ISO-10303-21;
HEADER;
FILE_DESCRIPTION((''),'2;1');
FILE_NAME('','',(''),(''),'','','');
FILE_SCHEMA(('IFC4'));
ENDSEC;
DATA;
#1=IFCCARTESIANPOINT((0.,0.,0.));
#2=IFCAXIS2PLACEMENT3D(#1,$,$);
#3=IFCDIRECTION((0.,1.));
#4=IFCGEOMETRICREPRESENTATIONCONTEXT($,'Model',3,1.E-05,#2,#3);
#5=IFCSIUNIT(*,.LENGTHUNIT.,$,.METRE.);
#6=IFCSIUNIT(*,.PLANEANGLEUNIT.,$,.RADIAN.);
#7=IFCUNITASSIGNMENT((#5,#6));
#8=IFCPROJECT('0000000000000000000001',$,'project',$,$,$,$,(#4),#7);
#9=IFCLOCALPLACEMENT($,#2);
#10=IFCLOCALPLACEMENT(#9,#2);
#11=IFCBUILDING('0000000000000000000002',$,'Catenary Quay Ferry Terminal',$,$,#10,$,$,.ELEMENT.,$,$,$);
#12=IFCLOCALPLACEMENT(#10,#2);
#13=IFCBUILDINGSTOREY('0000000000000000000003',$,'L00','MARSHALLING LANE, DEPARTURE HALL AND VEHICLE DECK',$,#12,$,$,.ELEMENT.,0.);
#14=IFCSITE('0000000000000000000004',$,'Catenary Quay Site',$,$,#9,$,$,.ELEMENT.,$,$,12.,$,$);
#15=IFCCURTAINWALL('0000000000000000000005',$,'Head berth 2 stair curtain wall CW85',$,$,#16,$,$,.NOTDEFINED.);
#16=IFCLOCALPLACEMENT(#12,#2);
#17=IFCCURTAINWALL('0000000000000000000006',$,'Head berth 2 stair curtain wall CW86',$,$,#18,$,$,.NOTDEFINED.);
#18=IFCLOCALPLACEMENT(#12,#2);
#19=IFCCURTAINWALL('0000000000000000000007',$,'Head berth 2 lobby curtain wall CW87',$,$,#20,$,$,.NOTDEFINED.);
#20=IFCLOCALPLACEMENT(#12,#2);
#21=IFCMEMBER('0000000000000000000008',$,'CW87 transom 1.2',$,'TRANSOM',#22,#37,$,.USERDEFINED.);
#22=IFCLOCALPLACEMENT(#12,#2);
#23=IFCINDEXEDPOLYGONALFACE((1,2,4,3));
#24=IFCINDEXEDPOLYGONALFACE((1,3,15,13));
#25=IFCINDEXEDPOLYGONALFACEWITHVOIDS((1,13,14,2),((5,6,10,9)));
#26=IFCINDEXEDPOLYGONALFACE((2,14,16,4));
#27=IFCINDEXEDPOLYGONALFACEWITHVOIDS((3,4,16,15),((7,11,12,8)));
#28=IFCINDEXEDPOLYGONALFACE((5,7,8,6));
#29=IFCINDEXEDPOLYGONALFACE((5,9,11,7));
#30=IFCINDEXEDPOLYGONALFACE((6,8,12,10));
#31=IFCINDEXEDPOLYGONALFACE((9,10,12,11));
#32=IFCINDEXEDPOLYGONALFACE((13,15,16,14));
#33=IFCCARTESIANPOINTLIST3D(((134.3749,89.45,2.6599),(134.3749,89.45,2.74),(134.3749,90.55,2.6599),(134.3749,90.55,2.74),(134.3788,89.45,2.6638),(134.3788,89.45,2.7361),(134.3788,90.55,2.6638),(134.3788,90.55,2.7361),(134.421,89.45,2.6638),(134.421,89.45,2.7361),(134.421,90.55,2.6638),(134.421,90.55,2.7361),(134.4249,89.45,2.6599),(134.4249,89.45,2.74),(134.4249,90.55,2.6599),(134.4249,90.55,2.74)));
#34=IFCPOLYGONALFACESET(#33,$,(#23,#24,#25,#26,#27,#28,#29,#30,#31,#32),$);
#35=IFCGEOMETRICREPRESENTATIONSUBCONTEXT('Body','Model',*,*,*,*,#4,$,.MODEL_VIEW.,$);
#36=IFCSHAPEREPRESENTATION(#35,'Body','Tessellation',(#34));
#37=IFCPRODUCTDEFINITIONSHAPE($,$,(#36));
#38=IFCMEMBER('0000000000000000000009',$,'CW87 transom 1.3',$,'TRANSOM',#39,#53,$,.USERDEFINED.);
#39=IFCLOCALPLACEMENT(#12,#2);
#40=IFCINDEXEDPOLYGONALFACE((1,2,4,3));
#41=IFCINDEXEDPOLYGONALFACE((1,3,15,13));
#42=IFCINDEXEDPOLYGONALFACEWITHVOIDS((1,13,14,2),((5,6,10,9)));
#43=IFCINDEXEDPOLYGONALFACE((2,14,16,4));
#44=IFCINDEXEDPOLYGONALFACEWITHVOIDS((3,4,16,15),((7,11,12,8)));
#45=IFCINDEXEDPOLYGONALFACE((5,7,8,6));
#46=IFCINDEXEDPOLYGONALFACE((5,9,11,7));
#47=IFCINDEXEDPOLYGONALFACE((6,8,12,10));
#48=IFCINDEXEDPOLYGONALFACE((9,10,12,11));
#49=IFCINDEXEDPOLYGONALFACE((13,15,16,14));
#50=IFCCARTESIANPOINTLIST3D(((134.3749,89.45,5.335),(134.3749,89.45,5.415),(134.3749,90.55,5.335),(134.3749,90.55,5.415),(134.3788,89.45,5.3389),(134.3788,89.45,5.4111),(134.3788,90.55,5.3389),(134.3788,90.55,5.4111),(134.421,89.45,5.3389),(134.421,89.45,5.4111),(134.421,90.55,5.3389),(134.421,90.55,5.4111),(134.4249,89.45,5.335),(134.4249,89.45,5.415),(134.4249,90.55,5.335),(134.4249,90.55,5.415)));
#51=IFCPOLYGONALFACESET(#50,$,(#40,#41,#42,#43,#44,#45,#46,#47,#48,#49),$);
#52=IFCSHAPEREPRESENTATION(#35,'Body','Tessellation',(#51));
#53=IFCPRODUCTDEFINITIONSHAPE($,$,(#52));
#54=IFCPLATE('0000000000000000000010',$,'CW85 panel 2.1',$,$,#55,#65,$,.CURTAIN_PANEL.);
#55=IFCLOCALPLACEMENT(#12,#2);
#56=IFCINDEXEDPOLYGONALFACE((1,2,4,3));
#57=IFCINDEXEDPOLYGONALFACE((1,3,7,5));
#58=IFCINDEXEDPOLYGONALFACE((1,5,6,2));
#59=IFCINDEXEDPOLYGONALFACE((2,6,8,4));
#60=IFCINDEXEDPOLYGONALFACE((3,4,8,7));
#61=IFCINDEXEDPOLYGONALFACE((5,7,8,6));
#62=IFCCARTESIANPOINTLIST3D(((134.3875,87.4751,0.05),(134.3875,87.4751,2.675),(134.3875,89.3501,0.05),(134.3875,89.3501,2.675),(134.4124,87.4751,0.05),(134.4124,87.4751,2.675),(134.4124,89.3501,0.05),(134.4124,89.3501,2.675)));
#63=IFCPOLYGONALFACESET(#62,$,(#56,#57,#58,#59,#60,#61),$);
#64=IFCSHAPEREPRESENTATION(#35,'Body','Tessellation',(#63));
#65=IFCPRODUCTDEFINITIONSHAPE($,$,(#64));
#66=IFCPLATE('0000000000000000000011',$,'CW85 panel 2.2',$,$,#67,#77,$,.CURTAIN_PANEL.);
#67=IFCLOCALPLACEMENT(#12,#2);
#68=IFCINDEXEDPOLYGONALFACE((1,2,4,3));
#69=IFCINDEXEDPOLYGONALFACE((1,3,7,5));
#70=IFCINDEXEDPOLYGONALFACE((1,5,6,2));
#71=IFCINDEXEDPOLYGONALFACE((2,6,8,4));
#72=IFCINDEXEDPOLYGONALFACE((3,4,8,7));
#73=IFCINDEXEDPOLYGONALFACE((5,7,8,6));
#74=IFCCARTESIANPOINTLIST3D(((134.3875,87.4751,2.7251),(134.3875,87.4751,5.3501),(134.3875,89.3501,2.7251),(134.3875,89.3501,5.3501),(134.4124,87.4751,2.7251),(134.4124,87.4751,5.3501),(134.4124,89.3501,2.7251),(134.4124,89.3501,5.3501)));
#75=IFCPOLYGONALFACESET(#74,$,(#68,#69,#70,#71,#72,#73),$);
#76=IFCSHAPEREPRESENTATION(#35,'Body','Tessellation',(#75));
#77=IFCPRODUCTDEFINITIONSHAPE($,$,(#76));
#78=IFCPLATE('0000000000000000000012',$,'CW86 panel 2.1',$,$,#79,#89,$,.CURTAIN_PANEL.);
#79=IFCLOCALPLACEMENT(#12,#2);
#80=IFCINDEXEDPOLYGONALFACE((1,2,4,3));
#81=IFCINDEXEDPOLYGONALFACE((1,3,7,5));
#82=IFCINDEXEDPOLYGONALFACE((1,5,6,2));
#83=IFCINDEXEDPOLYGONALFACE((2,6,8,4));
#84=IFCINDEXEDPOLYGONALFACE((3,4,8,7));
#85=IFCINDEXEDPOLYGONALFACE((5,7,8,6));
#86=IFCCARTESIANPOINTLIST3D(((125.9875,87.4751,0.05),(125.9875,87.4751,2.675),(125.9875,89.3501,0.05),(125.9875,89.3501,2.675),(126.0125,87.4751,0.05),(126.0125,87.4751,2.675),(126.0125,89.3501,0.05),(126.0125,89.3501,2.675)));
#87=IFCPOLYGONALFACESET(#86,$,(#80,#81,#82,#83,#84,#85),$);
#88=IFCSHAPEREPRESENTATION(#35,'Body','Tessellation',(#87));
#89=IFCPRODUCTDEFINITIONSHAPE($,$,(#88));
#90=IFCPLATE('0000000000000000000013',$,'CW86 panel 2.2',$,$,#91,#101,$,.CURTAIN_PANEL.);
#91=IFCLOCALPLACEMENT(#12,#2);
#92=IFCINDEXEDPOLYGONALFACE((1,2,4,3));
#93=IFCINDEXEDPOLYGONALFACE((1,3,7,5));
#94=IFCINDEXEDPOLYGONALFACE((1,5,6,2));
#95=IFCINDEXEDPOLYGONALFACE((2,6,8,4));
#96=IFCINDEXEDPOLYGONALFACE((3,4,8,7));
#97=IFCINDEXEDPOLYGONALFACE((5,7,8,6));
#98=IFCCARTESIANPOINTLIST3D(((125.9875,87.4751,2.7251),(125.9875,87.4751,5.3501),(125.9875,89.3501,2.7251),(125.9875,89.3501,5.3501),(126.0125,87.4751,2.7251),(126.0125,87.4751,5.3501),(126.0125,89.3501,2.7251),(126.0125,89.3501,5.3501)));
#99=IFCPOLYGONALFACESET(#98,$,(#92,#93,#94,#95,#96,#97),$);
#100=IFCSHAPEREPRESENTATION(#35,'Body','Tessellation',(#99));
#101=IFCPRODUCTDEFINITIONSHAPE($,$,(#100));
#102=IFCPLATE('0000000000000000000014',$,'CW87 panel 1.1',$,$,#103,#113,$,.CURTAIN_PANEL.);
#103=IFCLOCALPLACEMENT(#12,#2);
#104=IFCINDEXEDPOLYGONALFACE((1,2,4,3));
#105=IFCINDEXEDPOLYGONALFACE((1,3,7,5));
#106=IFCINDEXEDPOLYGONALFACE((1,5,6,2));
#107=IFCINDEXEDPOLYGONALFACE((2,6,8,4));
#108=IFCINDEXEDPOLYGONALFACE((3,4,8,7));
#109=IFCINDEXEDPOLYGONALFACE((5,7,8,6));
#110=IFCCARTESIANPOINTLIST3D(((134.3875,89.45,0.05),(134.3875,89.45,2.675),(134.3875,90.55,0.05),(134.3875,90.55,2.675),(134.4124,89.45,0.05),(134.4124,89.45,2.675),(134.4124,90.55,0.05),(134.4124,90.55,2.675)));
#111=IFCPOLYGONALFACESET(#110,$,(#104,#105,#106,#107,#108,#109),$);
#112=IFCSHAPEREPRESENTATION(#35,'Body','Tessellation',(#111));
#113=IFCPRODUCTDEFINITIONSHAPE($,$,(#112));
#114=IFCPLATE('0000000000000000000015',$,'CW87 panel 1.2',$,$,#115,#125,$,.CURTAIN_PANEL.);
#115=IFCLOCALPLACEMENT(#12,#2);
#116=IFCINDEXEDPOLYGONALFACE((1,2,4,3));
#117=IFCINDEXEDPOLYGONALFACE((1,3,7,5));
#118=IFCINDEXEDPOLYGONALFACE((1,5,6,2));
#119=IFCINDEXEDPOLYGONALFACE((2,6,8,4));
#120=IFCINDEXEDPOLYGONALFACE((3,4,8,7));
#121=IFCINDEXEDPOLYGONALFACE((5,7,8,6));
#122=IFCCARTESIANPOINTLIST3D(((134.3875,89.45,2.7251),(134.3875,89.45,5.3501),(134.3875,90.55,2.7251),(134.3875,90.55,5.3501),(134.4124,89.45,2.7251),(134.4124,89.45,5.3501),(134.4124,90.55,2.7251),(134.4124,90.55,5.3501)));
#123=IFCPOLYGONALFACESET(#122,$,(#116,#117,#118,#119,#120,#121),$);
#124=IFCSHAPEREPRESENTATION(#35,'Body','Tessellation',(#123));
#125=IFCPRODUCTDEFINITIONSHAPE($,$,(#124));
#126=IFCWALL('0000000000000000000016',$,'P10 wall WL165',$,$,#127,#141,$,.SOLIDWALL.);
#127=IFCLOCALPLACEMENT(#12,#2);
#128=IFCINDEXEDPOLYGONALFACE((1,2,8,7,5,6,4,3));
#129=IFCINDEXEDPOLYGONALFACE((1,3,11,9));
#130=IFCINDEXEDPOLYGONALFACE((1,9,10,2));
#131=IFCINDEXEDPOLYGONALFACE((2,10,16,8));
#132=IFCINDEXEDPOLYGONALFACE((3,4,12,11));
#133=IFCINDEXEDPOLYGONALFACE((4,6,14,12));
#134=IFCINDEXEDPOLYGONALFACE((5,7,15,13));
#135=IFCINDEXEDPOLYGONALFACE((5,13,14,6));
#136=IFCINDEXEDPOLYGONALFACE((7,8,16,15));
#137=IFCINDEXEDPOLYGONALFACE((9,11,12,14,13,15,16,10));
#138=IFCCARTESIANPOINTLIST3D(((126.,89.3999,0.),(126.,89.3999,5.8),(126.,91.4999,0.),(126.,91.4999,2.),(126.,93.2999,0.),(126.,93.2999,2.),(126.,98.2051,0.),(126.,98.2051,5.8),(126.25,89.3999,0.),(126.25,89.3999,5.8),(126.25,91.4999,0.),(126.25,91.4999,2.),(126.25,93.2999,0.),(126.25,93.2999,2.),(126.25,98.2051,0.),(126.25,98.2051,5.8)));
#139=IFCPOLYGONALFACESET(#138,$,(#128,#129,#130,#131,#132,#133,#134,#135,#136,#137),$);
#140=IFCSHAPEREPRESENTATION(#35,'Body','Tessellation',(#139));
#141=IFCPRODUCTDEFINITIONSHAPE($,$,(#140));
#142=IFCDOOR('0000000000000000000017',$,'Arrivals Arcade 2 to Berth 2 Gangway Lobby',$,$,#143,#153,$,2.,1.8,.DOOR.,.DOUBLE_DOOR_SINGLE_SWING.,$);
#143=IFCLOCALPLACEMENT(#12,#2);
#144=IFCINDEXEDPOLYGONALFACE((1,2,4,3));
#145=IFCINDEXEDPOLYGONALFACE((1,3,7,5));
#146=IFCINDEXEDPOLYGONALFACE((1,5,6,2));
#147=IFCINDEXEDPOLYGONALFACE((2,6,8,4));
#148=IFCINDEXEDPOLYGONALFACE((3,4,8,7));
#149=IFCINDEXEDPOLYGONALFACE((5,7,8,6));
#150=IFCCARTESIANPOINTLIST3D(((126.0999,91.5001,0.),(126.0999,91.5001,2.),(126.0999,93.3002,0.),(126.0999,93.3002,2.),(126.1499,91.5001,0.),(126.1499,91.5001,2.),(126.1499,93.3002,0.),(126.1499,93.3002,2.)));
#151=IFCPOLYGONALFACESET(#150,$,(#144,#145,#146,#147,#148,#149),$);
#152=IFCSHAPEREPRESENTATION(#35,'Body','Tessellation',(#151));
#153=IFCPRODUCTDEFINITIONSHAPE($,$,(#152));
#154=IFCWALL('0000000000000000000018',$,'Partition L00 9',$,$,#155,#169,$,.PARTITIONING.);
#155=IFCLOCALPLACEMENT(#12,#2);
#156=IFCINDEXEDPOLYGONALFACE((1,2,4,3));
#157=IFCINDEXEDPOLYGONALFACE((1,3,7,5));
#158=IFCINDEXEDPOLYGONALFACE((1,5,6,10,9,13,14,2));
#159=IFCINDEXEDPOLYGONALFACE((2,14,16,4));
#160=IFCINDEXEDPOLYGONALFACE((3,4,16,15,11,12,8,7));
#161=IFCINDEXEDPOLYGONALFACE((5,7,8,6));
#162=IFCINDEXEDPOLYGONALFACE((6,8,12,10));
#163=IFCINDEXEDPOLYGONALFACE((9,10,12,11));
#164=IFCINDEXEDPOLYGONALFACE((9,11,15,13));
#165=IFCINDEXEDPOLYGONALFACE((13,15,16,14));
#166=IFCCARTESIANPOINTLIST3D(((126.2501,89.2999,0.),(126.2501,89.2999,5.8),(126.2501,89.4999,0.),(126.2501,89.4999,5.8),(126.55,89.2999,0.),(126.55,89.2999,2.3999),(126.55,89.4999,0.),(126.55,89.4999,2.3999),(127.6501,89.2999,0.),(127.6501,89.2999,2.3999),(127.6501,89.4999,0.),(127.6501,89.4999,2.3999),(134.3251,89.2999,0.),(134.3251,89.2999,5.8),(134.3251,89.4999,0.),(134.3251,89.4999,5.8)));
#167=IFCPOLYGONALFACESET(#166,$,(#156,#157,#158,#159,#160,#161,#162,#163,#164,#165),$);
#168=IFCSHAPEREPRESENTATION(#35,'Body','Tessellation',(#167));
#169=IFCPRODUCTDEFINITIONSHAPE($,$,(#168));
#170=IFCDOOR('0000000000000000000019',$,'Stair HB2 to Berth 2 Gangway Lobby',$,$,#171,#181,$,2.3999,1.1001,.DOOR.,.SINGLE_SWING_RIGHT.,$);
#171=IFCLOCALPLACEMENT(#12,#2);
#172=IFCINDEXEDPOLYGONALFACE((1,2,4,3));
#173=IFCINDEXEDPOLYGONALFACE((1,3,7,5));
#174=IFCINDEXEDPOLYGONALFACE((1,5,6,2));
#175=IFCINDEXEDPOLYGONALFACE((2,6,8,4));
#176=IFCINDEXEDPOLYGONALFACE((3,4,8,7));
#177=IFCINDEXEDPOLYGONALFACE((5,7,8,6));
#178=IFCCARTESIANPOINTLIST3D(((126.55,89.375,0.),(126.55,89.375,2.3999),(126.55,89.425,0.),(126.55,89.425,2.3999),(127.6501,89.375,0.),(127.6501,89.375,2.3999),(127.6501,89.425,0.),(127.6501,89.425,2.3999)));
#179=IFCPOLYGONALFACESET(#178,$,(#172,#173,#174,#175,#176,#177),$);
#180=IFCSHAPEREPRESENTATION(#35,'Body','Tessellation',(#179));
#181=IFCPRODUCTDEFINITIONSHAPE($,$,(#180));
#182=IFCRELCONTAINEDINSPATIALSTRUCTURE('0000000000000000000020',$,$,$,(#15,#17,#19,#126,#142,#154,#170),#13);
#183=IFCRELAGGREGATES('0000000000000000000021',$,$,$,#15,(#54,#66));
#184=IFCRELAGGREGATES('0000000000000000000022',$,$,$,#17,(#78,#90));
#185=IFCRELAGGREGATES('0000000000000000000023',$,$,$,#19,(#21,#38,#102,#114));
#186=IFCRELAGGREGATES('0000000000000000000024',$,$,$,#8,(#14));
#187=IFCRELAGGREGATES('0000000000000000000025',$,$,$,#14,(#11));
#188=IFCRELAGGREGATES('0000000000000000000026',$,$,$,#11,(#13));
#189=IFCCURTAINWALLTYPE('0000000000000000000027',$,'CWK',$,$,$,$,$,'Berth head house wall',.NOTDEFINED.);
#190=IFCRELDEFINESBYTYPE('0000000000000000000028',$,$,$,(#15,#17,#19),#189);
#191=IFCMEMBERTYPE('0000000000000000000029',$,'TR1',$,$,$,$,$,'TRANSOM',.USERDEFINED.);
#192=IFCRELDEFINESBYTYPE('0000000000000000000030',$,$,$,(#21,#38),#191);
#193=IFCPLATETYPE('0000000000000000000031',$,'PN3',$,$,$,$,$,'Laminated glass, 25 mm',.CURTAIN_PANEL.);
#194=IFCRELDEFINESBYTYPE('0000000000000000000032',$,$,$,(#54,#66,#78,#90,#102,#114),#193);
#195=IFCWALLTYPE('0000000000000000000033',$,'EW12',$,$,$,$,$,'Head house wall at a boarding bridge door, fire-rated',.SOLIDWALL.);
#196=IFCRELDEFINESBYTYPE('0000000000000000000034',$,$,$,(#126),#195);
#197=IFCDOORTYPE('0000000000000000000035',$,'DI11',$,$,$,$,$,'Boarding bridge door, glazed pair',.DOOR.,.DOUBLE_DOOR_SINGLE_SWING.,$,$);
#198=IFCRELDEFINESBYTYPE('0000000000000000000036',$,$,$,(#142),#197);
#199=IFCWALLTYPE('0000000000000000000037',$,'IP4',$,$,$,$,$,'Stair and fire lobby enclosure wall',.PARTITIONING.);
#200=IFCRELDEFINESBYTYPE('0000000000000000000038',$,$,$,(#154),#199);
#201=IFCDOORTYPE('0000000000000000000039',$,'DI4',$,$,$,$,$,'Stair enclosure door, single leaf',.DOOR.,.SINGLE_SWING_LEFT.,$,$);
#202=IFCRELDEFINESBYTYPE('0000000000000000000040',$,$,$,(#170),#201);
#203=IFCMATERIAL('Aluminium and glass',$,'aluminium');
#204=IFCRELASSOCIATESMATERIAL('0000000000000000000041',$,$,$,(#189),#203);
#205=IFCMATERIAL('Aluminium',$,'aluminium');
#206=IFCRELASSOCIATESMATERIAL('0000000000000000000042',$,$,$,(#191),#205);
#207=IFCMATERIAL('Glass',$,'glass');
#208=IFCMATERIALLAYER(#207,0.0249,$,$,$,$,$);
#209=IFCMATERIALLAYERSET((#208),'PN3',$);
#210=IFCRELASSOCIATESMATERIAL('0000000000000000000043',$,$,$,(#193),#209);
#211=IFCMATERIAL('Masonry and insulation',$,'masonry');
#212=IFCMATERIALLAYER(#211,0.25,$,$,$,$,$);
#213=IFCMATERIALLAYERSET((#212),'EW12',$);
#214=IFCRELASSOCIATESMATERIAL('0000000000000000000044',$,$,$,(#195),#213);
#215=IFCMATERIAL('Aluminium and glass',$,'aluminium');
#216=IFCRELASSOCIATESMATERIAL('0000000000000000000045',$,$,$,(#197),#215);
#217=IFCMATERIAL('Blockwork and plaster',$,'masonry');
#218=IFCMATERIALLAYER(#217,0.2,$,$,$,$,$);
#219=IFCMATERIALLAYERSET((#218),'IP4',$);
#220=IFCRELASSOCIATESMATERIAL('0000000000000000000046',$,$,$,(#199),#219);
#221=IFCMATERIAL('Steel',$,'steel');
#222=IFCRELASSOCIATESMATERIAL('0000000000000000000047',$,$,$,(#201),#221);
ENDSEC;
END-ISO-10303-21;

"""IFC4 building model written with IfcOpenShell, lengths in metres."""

from ifc_helpers import new_model, si_unit, direction, frame, frame_2d, origin, origin_2d, place, context, subcontext, project, spatial, rectangle, hollow_rectangle, extrude, material, layer, layer_set, material_profile, profile_set, type_object, element, fill, aggregate, save


model = new_model("IFC4")

# Units and contexts
model_context = context("Model", 3, precision=1e-05, world=origin(), true_north=direction((0.0, 1.0)))
body_context = subcontext(model_context, "Body", "Model", "MODEL_VIEW")
ifc_project = project(units=[si_unit("LENGTHUNIT", "METRE"), si_unit("PLANEANGLEUNIT", "RADIAN")], contexts=[model_context])

# Site, building, storey
site_placement = place(None, origin())
site = spatial("IfcSite", under=ifc_project, at=site_placement, Name="Catenary Quay Site", CompositionType="ELEMENT", RefElevation=12.0)
building_placement = place(site_placement, origin())
building = spatial("IfcBuilding", under=site, at=building_placement, Name="Catenary Quay Ferry Terminal", CompositionType="ELEMENT")
storey_placement = place(building_placement, origin())
storey = spatial("IfcBuildingStorey", under=building, at=storey_placement, Name="L00", Description="MARSHALLING LANE, DEPARTURE HALL AND VEHICLE DECK", CompositionType="ELEMENT", Elevation=0.0)

# Curtain walls
ifc_material_1 = material(Name="Aluminium and glass", Category="aluminium")
curtain_wall_type = type_object("IfcCurtainWallType", Name="CWK", ElementType="Berth head house wall", PredefinedType="NOTDEFINED", material=ifc_material_1)
curtain_wall_1_placement = place(storey_placement, origin())
curtain_wall_1 = element("IfcCurtainWall", 1, at=curtain_wall_1_placement, inside=storey, type_object=curtain_wall_type, Name="Head berth 2 stair curtain wall CW85", PredefinedType="NOTDEFINED")
curtain_wall_2_placement = place(storey_placement, origin())
curtain_wall_2 = element("IfcCurtainWall", 2, at=curtain_wall_2_placement, inside=storey, type_object=curtain_wall_type, Name="Head berth 2 stair curtain wall CW86", PredefinedType="NOTDEFINED")
curtain_wall_3_placement = place(storey_placement, origin())
curtain_wall_3 = element("IfcCurtainWall", 3, at=curtain_wall_3_placement, inside=storey, type_object=curtain_wall_type, Name="Head berth 2 lobby curtain wall CW87", PredefinedType="NOTDEFINED")

# Members
ifc_material_2 = material(Name="Aluminium", Category="aluminium")
ifc_material_profile_1 = material_profile(ifc_material_2, hollow_rectangle(XDim=0.05, YDim=0.0801, WallThickness=0.0039, at=origin_2d()), Name="TR1")
ifc_profile_set_1 = profile_set([ifc_material_profile_1], Name="Aluminium")
member_type_1 = type_object("IfcMemberType", Name="TR1", ElementType="TRANSOM", PredefinedType="USERDEFINED", material=ifc_profile_set_1)
member_1_placement = place(storey_placement, frame((134.3999, 89.45, 2.7), z_axis=(0.0, 1.0, 0.0), x_axis=(-1.0, 0.0, 0.0)))
member_1 = element("IfcMember", 4, at=member_1_placement, type_object=member_type_1, Name="CW87 transom 1.2", ObjectType="TRANSOM", PredefinedType="USERDEFINED", context=body_context, shape_type="SweptSolid", body=[
    extrude(hollow_rectangle(XDim=0.05, YDim=0.0801, WallThickness=0.0039, at=origin_2d()), origin(), (0.0, 0.0, 1.0), 1.1001),
])
member_2_placement = place(storey_placement, frame((134.3999, 89.45, 5.375), z_axis=(0.0, 1.0, 0.0), x_axis=(-1.0, 0.0, 0.0)))
member_2 = element("IfcMember", 5, at=member_2_placement, type_object=member_type_1, Name="CW87 transom 1.3", ObjectType="TRANSOM", PredefinedType="USERDEFINED", context=body_context, shape_type="SweptSolid", body=[
    extrude(hollow_rectangle(XDim=0.05, YDim=0.0801, WallThickness=0.0039, at=origin_2d()), origin(), (0.0, 0.0, 1.0), 1.1001),
])

# Plates
ifc_material_3 = material(Name="Glass", Category="glass")
ifc_layer_1 = layer(ifc_material_3, 0.0249)
ifc_layer_set_1 = layer_set([ifc_layer_1], Name="PN3")
plate_type = type_object("IfcPlateType", Name="PN3", ElementType="Laminated glass, 25 mm", PredefinedType="CURTAIN_PANEL", material=ifc_layer_set_1)
plate_1_placement = place(storey_placement, frame((134.3999, 88.4126, 0.05), z_axis=(0.0, 0.0, 1.0), x_axis=(0.0, 1.0, 0.0)))
plate_1 = element("IfcPlate", 6, at=plate_1_placement, type_object=plate_type, Name="CW85 panel 2.1", PredefinedType="CURTAIN_PANEL", context=body_context, shape_type="SweptSolid", body=[
    extrude(rectangle(XDim=1.875, YDim=0.0249, at=origin_2d()), origin(), (0.0, 0.0, 1.0), 2.625),
])
plate_2_placement = place(storey_placement, frame((134.3999, 88.4126, 2.7251), z_axis=(0.0, 0.0, 1.0), x_axis=(0.0, 1.0, 0.0)))
plate_2 = element("IfcPlate", 7, at=plate_2_placement, type_object=plate_type, Name="CW85 panel 2.2", PredefinedType="CURTAIN_PANEL", context=body_context, shape_type="SweptSolid", body=[
    extrude(rectangle(XDim=1.875, YDim=0.0249, at=origin_2d()), origin(), (0.0, 0.0, 1.0), 2.625),
])
aggregate(curtain_wall_1, [plate_1, plate_2])
plate_3_placement = place(storey_placement, frame((126.0, 88.4126, 0.05), z_axis=(0.0, 0.0, 1.0), x_axis=(0.0, 1.0, 0.0)))
plate_3 = element("IfcPlate", 8, at=plate_3_placement, type_object=plate_type, Name="CW86 panel 2.1", PredefinedType="CURTAIN_PANEL", context=body_context, shape_type="SweptSolid", body=[
    extrude(rectangle(XDim=1.875, YDim=0.0249, at=origin_2d()), origin(), (0.0, 0.0, 1.0), 2.625),
])
plate_4_placement = place(storey_placement, frame((126.0, 88.4126, 2.7251), z_axis=(0.0, 0.0, 1.0), x_axis=(0.0, 1.0, 0.0)))
plate_4 = element("IfcPlate", 9, at=plate_4_placement, type_object=plate_type, Name="CW86 panel 2.2", PredefinedType="CURTAIN_PANEL", context=body_context, shape_type="SweptSolid", body=[
    extrude(rectangle(XDim=1.875, YDim=0.0249, at=origin_2d()), origin(), (0.0, 0.0, 1.0), 2.625),
])
aggregate(curtain_wall_2, [plate_3, plate_4])
plate_5_placement = place(storey_placement, frame((134.3999, 90.0, 0.05), z_axis=(0.0, 0.0, 1.0), x_axis=(0.0, 1.0, 0.0)))
plate_5 = element("IfcPlate", 10, at=plate_5_placement, type_object=plate_type, Name="CW87 panel 1.1", PredefinedType="CURTAIN_PANEL", context=body_context, shape_type="SweptSolid", body=[
    extrude(rectangle(XDim=1.1001, YDim=0.0249, at=origin_2d()), origin(), (0.0, 0.0, 1.0), 2.625),
])
plate_6_placement = place(storey_placement, frame((134.3999, 90.0, 2.7251), z_axis=(0.0, 0.0, 1.0), x_axis=(0.0, 1.0, 0.0)))
plate_6 = element("IfcPlate", 11, at=plate_6_placement, type_object=plate_type, Name="CW87 panel 1.2", PredefinedType="CURTAIN_PANEL", context=body_context, shape_type="SweptSolid", body=[
    extrude(rectangle(XDim=1.1001, YDim=0.0249, at=origin_2d()), origin(), (0.0, 0.0, 1.0), 2.625),
])
aggregate(curtain_wall_3, [member_1, member_2, plate_5, plate_6])

# Walls, openings, doors
ifc_material_4 = material(Name="Masonry and insulation", Category="masonry")
ifc_layer_2 = layer(ifc_material_4, 0.25)
ifc_layer_set_2 = layer_set([ifc_layer_2], Name="EW12")
wall_type_1 = type_object("IfcWallType", Name="EW12", ElementType="Head house wall at a boarding bridge door, fire-rated", PredefinedType="SOLIDWALL", material=ifc_layer_set_2)
wall_1_placement = place(storey_placement, frame((126.125, 89.3999, 0.0), z_axis=(0.0, 0.0, 1.0), x_axis=(0.0, 1.0, 0.0)))
wall_1 = element("IfcWall", 12, at=wall_1_placement, inside=storey, type_object=wall_type_1, Name="P10 wall WL165", PredefinedType="SOLIDWALL", context=body_context, shape_type="SweptSolid", body=[
    extrude(rectangle(XDim=8.8052, YDim=0.25, at=frame_2d((4.4026, 0.0))), origin(), (0.0, 0.0, 1.0), 5.8),
])
opening_1_placement = place(wall_1_placement, frame((2.1001, 0.0, 0.0)))
opening_1 = element("IfcOpeningElement", 13, at=opening_1_placement, cuts=wall_1, PredefinedType="OPENING", context=body_context, shape_type="SweptSolid", body=[
    extrude(rectangle(XDim=1.8, YDim=2.0, at=frame_2d((0.8999, 1.0))), frame((0.0, 0.135, 0.0), z_axis=(0.0, -1.0, 0.0), x_axis=(1.0, 0.0, 0.0)), (0.0, 0.0, 1.0), 0.27),
])
ifc_material_5 = material(Name="Aluminium and glass", Category="aluminium")
door_type_1 = type_object("IfcDoorType", Name="DI11", ElementType="Boarding bridge door, glazed pair", OperationType="DOUBLE_DOOR_SINGLE_SWING", PredefinedType="DOOR", material=ifc_material_5)
door_1_placement = place(opening_1_placement, frame((1.8, 0.0, 0.0), z_axis=(0.0, 0.0, 1.0), x_axis=(-1.0, 0.0, 0.0)))
door_1 = element("IfcDoor", 14, at=door_1_placement, inside=storey, type_object=door_type_1, Name="Arrivals Arcade 2 to Berth 2 Gangway Lobby", OperationType="DOUBLE_DOOR_SINGLE_SWING", OverallHeight=2.0, OverallWidth=1.8, PredefinedType="DOOR", context=body_context, shape_type="SweptSolid", body=[
    extrude(rectangle(XDim=1.8, YDim=2.0, at=frame_2d((0.8999, 1.0))), frame((0.0, 0.0249, 0.0), z_axis=(0.0, -1.0, 0.0), x_axis=(1.0, 0.0, 0.0)), (0.0, 0.0, 1.0), 0.05),
])
fill(opening_1, door_1)
ifc_material_6 = material(Name="Blockwork and plaster", Category="masonry")
ifc_layer_3 = layer(ifc_material_6, 0.2)
ifc_layer_set_3 = layer_set([ifc_layer_3], Name="IP4")
wall_type_2 = type_object("IfcWallType", Name="IP4", ElementType="Stair and fire lobby enclosure wall", PredefinedType="PARTITIONING", material=ifc_layer_set_3)
wall_2_placement = place(storey_placement, frame((126.25, 89.3999, 0.0), z_axis=(0.0, 0.0, 1.0), x_axis=(1.0, 0.0, 0.0)))
wall_2 = element("IfcWall", 15, at=wall_2_placement, inside=storey, type_object=wall_type_2, Name="Partition L00 9", PredefinedType="PARTITIONING", context=body_context, shape_type="SweptSolid", body=[
    extrude(rectangle(XDim=8.075, YDim=0.2, at=frame_2d((4.0376, 0.0))), origin(), (0.0, 0.0, 1.0), 5.8),
])
opening_2_placement = place(wall_2_placement, frame((0.3, 0.0, 0.0)))
opening_2 = element("IfcOpeningElement", 16, at=opening_2_placement, cuts=wall_2, PredefinedType="OPENING", context=body_context, shape_type="SweptSolid", body=[
    extrude(rectangle(XDim=1.1001, YDim=2.3999, at=frame_2d((0.55, 1.2))), frame((0.0, 0.1099, 0.0), z_axis=(0.0, -1.0, 0.0), x_axis=(1.0, 0.0, 0.0)), (0.0, 0.0, 1.0), 0.22),
])
ifc_material_7 = material(Name="Steel", Category="steel")
door_type_2 = type_object("IfcDoorType", Name="DI4", ElementType="Stair enclosure door, single leaf", OperationType="SINGLE_SWING_LEFT", PredefinedType="DOOR", material=ifc_material_7)
door_2_placement = place(opening_2_placement, frame((1.1001, 0.0, 0.0), z_axis=(0.0, 0.0, 1.0), x_axis=(-1.0, 0.0, 0.0)))
door_2 = element("IfcDoor", 17, at=door_2_placement, inside=storey, type_object=door_type_2, Name="Stair HB2 to Berth 2 Gangway Lobby", OperationType="SINGLE_SWING_RIGHT", OverallHeight=2.3999, OverallWidth=1.1001, PredefinedType="DOOR", context=body_context, shape_type="SweptSolid", body=[
    extrude(rectangle(XDim=1.1001, YDim=2.3999, at=frame_2d((0.55, 1.2))), frame((0.0, 0.0249, 0.0), z_axis=(0.0, -1.0, 0.0), x_axis=(1.0, 0.0, 0.0)), (0.0, 0.0, 1.0), 0.05),
])
fill(opening_2, door_2)

save(model, "model.ifc")
